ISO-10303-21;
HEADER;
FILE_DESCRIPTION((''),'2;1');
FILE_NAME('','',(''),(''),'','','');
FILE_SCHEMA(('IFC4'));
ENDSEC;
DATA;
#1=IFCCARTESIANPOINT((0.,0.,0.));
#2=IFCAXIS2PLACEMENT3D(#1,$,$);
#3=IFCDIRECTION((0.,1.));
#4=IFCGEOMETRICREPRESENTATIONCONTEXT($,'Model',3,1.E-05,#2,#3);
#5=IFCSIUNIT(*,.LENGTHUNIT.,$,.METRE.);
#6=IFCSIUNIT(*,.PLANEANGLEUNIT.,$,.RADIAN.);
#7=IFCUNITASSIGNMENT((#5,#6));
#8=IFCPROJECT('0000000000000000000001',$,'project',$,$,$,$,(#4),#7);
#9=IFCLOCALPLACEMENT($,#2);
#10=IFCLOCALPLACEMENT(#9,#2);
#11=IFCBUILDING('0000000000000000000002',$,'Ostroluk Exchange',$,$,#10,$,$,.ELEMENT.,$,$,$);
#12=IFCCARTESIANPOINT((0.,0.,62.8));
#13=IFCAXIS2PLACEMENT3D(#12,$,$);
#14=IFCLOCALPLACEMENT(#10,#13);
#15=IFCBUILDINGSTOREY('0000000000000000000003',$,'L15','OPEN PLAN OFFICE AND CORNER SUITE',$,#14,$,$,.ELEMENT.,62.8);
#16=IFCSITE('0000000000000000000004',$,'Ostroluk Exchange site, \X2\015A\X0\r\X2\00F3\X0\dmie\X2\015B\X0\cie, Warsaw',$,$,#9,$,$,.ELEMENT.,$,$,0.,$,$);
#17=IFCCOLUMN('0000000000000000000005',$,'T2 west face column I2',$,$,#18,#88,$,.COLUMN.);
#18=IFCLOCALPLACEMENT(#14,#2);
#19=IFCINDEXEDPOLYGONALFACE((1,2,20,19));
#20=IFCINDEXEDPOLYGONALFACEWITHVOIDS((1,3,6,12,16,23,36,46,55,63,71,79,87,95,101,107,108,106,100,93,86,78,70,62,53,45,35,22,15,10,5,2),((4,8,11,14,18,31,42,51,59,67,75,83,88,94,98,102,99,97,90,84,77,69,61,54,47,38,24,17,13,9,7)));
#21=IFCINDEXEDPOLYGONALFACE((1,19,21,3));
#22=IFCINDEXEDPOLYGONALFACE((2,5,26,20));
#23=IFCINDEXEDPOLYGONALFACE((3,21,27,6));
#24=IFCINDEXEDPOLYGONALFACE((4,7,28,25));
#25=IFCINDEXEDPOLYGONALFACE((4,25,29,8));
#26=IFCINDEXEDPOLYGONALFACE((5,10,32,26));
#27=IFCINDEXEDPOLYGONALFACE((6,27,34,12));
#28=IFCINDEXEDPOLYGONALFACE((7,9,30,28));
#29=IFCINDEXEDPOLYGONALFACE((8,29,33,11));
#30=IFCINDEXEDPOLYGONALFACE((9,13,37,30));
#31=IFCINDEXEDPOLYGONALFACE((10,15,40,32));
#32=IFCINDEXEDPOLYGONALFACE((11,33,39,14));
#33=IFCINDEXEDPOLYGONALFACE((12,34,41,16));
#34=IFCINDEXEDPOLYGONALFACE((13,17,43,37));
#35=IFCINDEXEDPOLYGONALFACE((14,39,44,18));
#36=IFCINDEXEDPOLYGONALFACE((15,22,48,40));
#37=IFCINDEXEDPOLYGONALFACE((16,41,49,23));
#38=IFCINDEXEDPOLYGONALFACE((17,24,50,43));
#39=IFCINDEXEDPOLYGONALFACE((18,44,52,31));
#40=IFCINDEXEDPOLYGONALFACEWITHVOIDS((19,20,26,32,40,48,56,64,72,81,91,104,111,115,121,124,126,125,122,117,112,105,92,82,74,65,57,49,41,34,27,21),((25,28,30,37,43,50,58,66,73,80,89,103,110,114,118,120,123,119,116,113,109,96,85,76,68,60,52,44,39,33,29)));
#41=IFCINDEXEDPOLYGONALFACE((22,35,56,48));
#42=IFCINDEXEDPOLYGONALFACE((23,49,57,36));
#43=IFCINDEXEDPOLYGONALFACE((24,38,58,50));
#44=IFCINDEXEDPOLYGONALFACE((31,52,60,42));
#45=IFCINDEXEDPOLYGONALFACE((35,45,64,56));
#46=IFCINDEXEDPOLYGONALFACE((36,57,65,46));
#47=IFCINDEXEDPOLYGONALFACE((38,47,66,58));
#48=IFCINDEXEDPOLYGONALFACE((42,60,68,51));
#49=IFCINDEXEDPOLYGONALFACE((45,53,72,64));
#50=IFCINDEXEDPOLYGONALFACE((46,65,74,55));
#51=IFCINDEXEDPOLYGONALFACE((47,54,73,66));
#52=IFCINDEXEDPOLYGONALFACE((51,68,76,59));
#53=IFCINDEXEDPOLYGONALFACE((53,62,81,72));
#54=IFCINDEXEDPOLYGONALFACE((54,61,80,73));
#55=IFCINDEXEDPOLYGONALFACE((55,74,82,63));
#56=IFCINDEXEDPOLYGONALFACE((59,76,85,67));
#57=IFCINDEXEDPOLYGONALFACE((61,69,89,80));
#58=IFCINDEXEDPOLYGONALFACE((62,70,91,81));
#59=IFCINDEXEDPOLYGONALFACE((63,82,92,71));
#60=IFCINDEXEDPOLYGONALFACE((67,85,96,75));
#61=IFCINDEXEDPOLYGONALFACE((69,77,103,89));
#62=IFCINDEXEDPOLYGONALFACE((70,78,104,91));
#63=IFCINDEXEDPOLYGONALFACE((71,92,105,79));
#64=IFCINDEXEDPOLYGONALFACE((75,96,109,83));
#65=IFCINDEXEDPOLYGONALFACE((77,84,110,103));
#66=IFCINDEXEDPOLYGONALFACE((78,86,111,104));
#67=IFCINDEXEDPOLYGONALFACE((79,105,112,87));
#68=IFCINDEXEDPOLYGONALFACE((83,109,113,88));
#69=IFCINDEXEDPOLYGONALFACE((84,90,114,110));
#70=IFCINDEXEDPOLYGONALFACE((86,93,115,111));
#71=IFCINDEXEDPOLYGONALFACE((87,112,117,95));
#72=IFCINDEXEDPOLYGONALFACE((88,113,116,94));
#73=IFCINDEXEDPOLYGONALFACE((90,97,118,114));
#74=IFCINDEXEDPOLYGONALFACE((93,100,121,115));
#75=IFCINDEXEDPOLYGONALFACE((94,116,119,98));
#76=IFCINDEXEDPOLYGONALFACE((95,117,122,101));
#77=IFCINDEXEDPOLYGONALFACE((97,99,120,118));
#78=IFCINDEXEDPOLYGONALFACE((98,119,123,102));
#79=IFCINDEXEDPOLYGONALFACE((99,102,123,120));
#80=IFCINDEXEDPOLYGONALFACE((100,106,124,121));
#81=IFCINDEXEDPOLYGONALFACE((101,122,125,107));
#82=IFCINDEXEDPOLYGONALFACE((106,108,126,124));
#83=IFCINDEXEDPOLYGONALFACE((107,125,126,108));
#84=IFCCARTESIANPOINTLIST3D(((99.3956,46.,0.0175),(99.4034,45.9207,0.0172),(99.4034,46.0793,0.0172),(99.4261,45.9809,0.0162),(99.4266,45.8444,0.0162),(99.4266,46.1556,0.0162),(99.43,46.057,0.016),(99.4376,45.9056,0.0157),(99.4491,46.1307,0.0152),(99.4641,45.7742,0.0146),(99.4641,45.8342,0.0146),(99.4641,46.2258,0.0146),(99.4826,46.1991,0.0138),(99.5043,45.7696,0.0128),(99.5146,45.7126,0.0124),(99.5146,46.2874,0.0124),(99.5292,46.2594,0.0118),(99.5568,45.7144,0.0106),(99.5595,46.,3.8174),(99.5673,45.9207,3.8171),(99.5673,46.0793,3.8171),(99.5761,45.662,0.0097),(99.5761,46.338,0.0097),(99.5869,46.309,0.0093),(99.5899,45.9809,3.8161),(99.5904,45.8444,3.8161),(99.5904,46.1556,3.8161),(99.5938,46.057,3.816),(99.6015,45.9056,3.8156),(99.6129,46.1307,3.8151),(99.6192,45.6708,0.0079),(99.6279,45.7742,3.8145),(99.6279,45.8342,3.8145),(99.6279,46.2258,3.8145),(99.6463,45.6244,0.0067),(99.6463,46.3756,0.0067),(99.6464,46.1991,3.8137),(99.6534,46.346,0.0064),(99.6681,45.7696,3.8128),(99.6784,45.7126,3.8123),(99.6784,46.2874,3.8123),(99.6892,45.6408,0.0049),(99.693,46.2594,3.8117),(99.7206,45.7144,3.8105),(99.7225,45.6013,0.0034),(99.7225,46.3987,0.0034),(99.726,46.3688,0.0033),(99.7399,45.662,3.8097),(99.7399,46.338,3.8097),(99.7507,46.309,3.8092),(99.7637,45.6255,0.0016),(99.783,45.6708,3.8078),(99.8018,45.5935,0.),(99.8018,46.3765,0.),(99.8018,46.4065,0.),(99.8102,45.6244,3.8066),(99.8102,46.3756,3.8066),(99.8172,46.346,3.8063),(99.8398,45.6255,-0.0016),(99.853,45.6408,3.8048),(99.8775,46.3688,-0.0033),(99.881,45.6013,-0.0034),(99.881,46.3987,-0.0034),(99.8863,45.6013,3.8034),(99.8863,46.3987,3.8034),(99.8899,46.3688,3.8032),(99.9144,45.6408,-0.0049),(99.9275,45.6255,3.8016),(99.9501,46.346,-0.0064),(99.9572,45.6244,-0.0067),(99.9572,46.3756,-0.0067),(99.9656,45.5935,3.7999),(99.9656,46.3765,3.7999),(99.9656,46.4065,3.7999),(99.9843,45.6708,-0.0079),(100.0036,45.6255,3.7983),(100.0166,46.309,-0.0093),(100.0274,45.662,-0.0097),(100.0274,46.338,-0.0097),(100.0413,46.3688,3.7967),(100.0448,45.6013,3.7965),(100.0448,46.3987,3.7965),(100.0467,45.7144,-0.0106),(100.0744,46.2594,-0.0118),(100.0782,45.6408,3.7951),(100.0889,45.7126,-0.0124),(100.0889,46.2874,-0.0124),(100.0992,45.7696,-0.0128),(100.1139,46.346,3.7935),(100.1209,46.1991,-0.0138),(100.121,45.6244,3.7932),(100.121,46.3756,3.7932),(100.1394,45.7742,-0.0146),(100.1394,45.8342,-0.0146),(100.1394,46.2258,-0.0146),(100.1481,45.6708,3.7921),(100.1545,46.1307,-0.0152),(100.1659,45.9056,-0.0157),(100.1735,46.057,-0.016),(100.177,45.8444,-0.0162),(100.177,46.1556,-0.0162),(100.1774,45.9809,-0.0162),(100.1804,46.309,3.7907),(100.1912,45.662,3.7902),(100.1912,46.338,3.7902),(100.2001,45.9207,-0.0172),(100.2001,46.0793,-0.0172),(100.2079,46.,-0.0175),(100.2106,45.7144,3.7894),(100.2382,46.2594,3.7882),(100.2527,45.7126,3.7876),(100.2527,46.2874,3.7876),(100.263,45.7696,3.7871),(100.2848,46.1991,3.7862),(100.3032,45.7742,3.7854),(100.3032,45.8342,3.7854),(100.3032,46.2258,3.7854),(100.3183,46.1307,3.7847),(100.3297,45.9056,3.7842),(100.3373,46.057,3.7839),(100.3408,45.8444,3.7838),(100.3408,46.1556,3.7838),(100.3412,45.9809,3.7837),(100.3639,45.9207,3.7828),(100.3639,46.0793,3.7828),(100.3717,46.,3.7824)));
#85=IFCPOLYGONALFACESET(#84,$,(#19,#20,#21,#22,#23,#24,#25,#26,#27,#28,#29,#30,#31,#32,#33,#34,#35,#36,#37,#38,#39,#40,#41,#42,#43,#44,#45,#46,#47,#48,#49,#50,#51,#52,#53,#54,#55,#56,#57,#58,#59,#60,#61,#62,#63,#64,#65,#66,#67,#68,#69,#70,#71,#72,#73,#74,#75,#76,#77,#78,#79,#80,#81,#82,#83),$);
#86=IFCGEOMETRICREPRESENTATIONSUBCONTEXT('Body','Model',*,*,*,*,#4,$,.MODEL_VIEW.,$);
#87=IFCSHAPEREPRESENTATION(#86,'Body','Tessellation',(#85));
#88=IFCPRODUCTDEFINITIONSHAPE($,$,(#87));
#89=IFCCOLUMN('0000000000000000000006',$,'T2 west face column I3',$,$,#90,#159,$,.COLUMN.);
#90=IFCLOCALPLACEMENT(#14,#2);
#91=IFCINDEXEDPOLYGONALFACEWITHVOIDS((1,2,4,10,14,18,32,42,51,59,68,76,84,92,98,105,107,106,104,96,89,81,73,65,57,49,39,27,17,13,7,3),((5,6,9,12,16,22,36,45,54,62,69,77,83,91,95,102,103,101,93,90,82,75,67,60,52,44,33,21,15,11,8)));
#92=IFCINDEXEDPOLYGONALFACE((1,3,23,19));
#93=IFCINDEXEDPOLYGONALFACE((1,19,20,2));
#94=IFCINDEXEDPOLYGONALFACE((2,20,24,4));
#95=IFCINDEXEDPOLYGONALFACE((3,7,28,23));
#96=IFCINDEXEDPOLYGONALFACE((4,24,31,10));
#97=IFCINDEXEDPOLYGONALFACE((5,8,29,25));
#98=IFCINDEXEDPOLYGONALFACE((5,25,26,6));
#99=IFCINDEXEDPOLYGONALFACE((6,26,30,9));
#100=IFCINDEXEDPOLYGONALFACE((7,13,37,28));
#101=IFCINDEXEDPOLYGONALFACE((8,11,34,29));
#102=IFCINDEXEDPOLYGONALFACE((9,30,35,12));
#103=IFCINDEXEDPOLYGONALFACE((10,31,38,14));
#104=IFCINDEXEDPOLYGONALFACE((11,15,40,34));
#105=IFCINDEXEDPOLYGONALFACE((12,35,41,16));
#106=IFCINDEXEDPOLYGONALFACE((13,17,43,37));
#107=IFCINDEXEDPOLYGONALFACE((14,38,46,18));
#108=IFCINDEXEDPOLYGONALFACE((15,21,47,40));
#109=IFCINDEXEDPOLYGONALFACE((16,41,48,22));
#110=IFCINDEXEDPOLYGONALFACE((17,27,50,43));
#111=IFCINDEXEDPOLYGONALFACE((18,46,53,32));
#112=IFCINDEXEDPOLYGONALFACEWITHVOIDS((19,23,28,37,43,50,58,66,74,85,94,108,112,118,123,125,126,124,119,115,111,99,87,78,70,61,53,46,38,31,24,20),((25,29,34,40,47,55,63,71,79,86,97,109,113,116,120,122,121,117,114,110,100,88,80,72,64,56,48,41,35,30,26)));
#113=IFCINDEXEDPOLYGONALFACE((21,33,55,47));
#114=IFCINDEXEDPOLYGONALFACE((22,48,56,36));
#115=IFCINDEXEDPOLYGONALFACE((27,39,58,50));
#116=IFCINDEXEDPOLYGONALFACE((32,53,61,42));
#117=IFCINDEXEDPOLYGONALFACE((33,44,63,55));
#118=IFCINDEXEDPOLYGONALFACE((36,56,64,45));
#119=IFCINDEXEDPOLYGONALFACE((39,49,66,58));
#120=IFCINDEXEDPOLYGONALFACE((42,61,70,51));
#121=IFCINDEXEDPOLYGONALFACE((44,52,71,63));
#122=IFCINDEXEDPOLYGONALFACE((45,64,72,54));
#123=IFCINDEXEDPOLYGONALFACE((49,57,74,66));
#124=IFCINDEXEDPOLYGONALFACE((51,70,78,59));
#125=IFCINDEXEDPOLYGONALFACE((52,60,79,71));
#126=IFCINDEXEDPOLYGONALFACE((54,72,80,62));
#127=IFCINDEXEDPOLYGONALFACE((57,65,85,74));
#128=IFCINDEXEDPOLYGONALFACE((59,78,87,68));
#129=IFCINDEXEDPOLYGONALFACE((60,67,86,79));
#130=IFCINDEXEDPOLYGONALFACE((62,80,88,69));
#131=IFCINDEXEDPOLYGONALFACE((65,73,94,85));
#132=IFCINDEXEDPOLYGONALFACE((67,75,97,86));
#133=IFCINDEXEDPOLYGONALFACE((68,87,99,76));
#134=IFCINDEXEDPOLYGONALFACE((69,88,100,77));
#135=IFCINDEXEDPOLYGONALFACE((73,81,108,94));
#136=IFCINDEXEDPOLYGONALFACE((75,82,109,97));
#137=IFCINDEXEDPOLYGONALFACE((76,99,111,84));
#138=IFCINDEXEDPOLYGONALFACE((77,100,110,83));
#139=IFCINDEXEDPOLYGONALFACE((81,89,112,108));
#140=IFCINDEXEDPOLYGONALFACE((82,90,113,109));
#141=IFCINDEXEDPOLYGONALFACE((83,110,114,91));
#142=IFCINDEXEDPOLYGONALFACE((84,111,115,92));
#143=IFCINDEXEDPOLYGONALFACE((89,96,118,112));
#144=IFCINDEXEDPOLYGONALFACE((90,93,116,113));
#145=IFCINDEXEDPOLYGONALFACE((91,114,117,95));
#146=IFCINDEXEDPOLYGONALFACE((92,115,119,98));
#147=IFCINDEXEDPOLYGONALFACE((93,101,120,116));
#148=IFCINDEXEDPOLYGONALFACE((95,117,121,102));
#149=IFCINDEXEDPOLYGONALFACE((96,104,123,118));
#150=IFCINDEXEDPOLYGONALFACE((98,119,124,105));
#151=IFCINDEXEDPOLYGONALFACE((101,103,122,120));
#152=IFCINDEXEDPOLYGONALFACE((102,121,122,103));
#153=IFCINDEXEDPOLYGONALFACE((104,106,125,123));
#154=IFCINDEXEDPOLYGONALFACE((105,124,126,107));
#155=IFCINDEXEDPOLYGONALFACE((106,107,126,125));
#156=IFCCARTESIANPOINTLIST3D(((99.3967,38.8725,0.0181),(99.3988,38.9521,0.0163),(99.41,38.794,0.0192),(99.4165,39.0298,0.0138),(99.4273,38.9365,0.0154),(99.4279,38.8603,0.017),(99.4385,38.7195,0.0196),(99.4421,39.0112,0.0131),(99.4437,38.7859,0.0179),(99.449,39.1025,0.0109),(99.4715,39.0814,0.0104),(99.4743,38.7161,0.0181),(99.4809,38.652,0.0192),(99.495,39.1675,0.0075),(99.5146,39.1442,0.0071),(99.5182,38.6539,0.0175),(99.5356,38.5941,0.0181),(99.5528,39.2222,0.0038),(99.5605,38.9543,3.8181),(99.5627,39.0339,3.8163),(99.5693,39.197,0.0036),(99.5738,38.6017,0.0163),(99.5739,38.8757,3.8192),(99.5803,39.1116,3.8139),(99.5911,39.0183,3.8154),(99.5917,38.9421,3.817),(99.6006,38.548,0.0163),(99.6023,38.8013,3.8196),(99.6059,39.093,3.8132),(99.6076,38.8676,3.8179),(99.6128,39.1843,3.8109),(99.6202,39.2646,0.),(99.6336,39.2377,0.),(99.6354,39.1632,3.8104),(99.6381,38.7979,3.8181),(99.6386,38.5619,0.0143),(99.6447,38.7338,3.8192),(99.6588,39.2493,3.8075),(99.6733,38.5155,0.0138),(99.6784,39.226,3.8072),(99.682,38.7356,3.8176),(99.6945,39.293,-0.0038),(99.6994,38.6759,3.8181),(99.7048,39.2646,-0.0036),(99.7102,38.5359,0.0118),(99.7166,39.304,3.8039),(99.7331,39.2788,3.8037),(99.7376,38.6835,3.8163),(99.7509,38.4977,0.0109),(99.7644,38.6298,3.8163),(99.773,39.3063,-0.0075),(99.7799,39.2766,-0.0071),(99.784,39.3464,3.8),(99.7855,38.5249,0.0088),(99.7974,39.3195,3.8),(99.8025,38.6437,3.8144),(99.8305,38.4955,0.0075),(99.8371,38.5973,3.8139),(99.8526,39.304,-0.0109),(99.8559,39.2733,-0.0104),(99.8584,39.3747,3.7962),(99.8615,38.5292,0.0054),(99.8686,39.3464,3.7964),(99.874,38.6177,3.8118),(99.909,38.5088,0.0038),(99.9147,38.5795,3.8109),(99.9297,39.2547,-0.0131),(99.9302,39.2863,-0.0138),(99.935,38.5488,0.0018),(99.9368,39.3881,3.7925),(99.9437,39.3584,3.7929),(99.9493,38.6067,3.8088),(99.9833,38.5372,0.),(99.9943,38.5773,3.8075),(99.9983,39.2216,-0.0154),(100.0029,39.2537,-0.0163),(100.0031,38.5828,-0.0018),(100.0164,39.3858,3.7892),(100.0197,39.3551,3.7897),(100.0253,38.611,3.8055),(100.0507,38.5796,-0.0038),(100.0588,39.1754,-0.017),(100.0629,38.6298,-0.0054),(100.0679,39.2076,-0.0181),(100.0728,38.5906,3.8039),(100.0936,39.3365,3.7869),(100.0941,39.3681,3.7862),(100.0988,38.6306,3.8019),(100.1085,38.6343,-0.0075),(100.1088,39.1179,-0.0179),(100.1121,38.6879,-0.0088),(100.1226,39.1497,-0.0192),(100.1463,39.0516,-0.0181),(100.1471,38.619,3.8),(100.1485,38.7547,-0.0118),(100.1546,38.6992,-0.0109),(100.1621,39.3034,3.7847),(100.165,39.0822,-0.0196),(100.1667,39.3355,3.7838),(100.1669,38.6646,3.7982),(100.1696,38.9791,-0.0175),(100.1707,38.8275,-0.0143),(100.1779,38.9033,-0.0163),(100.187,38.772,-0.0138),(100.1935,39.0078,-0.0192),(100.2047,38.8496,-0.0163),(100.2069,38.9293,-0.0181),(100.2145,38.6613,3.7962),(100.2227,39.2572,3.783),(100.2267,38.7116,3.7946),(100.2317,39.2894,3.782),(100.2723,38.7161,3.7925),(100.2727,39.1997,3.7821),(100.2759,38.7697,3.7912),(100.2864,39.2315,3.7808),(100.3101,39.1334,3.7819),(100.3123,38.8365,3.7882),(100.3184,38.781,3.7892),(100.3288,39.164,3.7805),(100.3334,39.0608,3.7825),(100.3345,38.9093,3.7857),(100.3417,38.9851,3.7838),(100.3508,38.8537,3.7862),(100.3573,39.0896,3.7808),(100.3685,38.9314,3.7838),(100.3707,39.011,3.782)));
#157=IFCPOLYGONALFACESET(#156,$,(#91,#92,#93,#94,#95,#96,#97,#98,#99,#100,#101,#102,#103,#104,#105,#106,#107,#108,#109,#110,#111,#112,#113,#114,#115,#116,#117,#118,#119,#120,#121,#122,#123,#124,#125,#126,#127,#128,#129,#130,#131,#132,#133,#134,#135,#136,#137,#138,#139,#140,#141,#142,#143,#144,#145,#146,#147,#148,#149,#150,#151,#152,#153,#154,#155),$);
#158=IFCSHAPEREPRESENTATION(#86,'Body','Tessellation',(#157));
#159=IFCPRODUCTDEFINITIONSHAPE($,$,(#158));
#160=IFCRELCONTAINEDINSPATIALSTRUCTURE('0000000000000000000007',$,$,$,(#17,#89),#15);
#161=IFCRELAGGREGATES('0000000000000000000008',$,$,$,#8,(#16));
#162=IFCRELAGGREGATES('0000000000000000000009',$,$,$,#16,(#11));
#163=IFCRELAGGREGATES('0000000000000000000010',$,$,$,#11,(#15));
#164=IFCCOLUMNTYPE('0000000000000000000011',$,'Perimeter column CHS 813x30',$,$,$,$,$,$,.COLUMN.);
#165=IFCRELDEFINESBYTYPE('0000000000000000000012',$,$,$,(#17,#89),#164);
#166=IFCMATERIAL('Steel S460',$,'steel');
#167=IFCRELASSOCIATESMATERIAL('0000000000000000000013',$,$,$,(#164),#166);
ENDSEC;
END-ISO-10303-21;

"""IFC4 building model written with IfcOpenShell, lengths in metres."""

from ifc_helpers import new_model, si_unit, direction, frame, origin, origin_2d, place, context, subcontext, project, spatial, hollow_circle, extrude, material, material_profile, profile_set, type_object, element, save


model = new_model("IFC4")

# Units and contexts
model_context = context("Model", 3, precision=1e-05, world=origin(), true_north=direction((0.0, 1.0)))
body_context = subcontext(model_context, "Body", "Model", "MODEL_VIEW")
ifc_project = project(units=[si_unit("LENGTHUNIT", "METRE"), si_unit("PLANEANGLEUNIT", "RADIAN")], contexts=[model_context])

# Site, building, storey
site_placement = place(None, origin())
site = spatial("IfcSite", under=ifc_project, at=site_placement, Name="Ostroluk Exchange site, Śródmieście, Warsaw", CompositionType="ELEMENT", RefElevation=0.0)
building_placement = place(site_placement, origin())
building = spatial("IfcBuilding", under=site, at=building_placement, Name="Ostroluk Exchange", CompositionType="ELEMENT")
storey_placement = place(building_placement, frame((0.0, 0.0, 62.8)))
storey = spatial("IfcBuildingStorey", under=building, at=storey_placement, Name="L15", Description="OPEN PLAN OFFICE AND CORNER SUITE", CompositionType="ELEMENT", Elevation=62.8)

# Columns
ifc_material_1 = material(Name="Steel S460", Category="steel")
ifc_material_profile_1 = material_profile(ifc_material_1, hollow_circle(Radius=0.4065, WallThickness=0.03, at=origin_2d()), Name="CHS 813x30")
ifc_profile_set_1 = profile_set([ifc_material_profile_1], Name="Steel S460")
column_type = type_object("IfcColumnType", Name="Perimeter column CHS 813x30", PredefinedType="COLUMN", material=ifc_profile_set_1)
column_1_placement = place(storey_placement, frame((99.8018, 46.0, 0.0), z_axis=(0.04307, 0.0, 0.999072), x_axis=(0.0, 1.0, 0.0)))
element("IfcColumn", 1, at=column_1_placement, inside=storey, type_object=column_type, Name="T2 west face column I2", PredefinedType="COLUMN", context=body_context, shape_type="SweptSolid", body=[
    extrude(hollow_circle(Radius=0.4065, WallThickness=0.03, at=origin_2d()), origin(), (0.0, 0.0, 1.0), 3.8035),
])
column_2_placement = place(storey_placement, frame((99.8018, 38.9009, 0.0), z_axis=(0.04306, 0.021498, 0.998841), x_axis=(-0.44668, 0.894694, 0.0)))
element("IfcColumn", 2, at=column_2_placement, inside=storey, type_object=column_type, Name="T2 west face column I3", PredefinedType="COLUMN", context=body_context, shape_type="SweptSolid", body=[
    extrude(hollow_circle(Radius=0.4065, WallThickness=0.03, at=origin_2d()), origin(), (0.0, 0.0, 1.0), 3.8044),
])

save(model, "model.ifc")
